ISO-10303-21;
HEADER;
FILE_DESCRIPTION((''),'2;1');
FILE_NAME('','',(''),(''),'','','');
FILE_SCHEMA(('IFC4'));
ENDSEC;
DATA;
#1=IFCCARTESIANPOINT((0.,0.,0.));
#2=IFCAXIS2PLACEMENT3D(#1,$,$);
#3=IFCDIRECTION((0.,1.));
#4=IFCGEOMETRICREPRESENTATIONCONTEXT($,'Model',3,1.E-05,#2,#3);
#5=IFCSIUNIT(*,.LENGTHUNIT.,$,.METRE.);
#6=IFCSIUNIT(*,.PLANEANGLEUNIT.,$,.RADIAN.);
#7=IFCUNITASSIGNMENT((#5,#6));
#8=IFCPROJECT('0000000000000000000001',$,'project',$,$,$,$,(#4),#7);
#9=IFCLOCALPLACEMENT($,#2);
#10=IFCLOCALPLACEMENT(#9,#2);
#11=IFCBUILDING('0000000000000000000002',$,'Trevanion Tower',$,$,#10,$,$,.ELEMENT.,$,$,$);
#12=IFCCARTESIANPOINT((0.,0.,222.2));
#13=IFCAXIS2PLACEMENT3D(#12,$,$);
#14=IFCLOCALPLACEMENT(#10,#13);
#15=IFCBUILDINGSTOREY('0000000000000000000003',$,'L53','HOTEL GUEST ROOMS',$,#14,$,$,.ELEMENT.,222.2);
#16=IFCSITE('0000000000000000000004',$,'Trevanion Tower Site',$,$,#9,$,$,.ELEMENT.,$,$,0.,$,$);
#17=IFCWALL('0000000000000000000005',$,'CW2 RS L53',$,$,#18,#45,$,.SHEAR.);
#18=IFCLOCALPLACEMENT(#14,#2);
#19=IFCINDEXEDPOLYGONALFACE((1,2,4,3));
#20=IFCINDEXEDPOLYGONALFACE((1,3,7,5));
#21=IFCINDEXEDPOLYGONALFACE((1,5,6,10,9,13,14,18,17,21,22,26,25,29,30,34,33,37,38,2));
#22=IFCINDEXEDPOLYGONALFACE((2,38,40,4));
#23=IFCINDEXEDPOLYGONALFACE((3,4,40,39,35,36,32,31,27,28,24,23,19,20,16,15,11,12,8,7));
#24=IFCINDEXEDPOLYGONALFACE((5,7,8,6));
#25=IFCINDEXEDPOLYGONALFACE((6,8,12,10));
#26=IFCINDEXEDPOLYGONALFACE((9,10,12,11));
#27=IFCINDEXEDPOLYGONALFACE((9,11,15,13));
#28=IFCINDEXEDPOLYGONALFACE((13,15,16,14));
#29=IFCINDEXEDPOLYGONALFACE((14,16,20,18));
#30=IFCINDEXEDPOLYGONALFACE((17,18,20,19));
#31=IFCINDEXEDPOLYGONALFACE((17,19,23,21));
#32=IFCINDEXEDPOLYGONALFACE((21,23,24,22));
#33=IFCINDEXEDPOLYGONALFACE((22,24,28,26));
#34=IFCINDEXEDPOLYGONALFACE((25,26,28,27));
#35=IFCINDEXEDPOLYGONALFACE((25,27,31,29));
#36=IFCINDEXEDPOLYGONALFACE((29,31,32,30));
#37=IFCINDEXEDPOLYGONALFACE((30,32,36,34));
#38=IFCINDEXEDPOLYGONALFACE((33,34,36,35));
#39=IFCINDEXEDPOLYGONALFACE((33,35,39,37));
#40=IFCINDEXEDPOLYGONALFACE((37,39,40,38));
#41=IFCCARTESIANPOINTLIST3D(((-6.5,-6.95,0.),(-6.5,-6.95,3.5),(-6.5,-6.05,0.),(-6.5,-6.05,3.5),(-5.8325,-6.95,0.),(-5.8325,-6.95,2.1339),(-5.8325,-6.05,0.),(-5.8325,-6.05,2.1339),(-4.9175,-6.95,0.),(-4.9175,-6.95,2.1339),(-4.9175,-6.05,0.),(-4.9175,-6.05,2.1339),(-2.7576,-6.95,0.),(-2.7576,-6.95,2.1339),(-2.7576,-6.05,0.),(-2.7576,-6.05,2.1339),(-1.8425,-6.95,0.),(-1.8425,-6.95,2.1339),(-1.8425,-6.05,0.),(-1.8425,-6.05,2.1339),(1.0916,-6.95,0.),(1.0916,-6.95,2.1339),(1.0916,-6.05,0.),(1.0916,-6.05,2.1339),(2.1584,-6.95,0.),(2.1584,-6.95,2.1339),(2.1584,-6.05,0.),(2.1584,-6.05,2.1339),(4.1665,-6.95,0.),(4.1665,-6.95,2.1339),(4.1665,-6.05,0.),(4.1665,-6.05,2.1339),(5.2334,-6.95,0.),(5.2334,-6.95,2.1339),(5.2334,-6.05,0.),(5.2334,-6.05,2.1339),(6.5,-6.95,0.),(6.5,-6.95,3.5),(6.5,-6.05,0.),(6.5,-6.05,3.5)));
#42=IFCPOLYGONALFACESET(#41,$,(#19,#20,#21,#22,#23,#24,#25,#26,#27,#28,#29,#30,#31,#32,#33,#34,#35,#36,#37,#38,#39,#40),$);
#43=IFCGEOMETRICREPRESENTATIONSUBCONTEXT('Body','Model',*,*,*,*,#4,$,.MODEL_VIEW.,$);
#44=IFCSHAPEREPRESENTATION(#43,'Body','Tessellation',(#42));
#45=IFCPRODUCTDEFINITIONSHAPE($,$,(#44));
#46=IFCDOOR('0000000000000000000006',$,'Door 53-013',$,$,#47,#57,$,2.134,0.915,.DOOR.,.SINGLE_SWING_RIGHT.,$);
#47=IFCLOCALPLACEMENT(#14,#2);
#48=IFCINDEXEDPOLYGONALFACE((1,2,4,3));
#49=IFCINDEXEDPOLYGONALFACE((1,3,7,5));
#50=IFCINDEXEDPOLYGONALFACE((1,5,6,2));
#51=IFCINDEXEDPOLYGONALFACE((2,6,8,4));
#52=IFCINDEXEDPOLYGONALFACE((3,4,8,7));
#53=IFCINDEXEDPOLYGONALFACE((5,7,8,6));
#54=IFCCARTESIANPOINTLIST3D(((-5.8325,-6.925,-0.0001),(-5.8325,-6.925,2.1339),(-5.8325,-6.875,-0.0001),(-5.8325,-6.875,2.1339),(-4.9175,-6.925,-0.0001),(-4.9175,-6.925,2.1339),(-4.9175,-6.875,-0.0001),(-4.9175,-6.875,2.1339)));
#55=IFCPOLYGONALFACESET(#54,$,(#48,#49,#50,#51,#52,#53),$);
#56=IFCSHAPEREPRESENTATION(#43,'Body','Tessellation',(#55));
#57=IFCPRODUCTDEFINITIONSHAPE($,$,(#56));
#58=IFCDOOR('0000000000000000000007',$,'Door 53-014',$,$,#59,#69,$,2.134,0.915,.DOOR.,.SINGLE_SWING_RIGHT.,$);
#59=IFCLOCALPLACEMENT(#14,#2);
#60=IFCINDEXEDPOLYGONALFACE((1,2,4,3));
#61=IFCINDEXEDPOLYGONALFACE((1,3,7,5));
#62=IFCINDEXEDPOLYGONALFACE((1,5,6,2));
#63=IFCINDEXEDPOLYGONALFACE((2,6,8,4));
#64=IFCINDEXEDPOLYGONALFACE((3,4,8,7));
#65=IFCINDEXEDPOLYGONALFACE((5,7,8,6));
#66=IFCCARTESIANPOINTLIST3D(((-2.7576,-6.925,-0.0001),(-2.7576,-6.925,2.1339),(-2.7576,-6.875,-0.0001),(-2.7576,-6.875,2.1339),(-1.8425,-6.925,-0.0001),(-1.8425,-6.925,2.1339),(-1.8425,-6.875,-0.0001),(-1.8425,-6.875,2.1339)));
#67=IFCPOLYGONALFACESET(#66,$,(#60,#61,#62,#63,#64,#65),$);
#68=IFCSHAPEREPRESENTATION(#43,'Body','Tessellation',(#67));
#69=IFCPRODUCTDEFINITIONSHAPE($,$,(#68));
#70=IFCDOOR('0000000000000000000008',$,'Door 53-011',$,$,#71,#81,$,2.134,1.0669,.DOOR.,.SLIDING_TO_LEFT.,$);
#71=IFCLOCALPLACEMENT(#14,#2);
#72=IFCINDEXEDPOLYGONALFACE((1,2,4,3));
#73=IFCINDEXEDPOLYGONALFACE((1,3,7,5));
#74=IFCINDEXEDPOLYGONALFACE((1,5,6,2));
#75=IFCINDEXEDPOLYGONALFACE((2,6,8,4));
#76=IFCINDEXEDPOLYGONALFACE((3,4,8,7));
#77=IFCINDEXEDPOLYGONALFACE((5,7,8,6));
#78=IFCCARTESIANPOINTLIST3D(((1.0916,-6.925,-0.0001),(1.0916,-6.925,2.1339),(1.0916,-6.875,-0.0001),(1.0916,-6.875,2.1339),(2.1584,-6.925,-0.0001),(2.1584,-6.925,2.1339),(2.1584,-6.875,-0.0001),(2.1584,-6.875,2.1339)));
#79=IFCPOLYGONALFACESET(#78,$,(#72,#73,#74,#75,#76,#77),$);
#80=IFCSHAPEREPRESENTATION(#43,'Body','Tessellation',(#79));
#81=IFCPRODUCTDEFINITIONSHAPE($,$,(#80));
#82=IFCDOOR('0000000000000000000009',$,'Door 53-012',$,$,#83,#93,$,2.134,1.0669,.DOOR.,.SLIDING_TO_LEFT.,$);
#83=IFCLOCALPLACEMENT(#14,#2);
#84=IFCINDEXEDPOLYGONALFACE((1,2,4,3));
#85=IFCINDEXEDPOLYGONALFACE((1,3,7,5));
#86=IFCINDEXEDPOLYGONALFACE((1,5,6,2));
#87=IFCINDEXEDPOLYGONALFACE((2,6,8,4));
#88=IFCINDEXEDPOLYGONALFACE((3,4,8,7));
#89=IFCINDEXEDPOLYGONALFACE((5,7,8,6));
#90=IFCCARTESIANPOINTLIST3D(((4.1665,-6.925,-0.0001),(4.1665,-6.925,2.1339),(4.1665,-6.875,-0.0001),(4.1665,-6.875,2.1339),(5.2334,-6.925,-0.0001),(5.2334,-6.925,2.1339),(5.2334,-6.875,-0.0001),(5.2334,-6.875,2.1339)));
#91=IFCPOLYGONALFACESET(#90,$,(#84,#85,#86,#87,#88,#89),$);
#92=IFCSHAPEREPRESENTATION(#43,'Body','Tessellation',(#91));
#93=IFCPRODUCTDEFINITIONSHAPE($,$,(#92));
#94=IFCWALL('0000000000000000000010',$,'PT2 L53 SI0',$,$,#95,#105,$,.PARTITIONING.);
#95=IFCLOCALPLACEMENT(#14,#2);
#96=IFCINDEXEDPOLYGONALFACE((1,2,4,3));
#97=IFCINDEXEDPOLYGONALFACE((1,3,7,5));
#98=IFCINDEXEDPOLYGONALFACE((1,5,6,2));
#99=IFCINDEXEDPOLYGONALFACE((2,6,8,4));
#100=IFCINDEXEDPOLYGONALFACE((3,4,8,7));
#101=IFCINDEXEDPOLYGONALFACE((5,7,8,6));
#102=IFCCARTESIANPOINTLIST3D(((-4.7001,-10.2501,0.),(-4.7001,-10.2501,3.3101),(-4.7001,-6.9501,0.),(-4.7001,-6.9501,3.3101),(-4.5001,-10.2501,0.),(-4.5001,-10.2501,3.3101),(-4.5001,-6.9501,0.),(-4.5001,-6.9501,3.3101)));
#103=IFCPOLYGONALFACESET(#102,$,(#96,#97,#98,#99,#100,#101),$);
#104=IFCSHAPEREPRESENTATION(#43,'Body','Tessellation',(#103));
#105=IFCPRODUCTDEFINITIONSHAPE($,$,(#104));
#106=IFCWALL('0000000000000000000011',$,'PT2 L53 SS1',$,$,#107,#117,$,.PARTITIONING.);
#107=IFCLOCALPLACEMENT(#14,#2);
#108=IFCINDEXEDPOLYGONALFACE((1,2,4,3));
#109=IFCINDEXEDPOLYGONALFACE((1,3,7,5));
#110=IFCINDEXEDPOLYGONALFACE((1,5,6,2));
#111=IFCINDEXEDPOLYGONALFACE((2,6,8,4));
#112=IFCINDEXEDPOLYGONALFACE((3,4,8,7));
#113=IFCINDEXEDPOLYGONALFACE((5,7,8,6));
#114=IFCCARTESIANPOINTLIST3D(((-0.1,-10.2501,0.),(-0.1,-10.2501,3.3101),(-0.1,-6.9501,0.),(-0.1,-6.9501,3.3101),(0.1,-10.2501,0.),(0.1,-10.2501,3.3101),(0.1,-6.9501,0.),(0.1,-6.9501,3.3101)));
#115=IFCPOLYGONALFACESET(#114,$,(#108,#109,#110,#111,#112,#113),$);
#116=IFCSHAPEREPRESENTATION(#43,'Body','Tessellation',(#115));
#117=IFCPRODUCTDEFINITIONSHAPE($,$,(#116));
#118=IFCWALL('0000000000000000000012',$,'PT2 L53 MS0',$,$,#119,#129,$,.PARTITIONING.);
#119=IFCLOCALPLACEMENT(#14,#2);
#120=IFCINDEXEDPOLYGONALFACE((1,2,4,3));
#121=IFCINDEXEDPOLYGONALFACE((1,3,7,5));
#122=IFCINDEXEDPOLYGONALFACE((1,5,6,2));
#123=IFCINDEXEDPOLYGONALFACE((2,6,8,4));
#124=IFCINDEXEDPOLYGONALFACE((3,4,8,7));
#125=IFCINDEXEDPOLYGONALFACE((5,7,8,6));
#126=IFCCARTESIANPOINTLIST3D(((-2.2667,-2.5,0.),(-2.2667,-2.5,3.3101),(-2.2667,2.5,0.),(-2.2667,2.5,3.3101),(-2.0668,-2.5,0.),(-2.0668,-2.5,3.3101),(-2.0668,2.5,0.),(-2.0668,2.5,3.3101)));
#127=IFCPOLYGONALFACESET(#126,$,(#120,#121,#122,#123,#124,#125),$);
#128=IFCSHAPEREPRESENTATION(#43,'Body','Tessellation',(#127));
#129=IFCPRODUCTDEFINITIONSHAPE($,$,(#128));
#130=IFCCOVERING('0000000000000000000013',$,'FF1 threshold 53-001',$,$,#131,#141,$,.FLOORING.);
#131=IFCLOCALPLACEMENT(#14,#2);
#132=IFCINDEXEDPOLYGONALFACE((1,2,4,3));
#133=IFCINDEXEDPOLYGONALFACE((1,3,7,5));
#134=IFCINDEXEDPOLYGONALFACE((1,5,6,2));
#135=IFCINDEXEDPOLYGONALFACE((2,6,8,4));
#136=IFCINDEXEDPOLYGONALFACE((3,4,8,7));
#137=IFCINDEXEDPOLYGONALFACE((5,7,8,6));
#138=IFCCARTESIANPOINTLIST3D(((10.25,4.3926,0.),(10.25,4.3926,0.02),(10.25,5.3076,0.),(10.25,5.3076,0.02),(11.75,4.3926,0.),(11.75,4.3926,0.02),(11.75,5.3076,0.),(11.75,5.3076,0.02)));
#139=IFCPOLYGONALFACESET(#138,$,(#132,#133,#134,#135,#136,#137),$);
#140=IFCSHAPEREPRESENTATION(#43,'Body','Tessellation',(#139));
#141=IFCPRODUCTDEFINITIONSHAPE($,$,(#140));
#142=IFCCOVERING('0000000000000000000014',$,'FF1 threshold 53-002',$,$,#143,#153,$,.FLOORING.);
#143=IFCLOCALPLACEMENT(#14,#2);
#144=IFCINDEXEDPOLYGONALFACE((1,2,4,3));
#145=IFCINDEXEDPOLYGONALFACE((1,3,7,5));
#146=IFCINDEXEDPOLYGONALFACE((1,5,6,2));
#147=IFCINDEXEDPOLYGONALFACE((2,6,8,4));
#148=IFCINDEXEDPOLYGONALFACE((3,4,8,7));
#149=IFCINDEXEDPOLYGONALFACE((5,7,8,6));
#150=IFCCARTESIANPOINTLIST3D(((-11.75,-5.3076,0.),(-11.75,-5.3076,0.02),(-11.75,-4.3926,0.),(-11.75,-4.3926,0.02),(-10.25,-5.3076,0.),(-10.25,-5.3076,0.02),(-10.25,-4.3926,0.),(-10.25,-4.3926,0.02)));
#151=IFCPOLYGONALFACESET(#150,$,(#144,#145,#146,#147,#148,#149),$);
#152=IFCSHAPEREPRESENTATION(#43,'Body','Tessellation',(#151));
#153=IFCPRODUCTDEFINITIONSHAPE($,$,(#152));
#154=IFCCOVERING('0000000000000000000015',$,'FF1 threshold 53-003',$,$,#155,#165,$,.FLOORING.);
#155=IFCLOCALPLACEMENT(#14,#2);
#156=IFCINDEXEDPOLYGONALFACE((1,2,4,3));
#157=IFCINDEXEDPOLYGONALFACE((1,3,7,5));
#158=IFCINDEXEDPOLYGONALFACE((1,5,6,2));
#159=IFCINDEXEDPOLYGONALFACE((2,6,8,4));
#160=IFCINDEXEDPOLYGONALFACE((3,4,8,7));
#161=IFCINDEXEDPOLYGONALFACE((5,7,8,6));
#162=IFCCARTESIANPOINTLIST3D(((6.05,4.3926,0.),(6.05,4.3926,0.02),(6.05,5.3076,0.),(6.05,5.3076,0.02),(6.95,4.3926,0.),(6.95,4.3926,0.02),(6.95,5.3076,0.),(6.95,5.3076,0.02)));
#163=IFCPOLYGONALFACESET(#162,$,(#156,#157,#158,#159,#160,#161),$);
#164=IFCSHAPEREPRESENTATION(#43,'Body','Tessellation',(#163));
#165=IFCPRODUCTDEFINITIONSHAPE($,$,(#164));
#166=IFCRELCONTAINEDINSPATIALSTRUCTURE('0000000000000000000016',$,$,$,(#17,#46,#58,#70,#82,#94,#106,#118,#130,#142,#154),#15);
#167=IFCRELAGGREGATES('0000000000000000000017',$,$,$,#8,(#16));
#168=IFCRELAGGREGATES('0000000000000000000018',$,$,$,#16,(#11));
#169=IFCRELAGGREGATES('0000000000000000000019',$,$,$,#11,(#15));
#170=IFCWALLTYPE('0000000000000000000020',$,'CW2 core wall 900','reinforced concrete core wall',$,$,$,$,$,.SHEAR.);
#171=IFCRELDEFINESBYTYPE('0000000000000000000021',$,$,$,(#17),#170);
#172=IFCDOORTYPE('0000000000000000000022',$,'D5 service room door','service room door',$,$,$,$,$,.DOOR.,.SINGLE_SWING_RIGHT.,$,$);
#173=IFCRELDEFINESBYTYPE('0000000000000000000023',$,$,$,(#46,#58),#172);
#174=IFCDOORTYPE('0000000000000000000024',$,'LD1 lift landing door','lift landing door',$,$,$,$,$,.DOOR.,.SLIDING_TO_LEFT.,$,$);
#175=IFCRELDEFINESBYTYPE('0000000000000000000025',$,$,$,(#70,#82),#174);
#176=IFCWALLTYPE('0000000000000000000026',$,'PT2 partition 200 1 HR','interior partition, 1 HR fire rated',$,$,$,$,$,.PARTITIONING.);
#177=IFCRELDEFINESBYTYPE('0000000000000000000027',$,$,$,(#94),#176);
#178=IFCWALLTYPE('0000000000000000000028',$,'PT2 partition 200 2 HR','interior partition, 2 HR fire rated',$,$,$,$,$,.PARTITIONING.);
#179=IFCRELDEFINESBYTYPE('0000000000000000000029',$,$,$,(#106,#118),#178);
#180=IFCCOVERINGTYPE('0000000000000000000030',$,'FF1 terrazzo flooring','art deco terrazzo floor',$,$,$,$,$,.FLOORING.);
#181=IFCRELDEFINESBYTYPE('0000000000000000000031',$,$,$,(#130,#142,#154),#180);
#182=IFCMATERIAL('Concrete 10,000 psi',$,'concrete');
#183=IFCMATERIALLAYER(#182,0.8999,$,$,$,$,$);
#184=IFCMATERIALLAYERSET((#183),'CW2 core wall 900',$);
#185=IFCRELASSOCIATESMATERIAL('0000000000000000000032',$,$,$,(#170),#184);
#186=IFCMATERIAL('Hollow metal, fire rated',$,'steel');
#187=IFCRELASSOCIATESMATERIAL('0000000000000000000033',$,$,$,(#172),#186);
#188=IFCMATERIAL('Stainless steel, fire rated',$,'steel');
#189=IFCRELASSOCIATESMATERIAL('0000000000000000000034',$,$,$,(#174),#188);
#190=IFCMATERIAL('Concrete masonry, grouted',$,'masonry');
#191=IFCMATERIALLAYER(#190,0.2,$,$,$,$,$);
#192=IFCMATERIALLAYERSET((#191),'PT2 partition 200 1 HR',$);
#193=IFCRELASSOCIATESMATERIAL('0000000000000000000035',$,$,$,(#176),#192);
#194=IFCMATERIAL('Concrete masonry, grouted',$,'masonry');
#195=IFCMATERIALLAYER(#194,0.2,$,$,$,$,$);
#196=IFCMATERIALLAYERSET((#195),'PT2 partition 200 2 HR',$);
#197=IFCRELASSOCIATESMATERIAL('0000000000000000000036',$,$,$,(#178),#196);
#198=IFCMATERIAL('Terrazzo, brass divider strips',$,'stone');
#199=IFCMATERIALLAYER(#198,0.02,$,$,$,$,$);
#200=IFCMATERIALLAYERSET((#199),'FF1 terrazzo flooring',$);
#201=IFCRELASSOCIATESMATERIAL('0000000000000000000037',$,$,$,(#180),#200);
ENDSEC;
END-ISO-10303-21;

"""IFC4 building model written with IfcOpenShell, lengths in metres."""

from ifc_helpers import new_model, si_unit, direction, frame, frame_2d, origin, place, context, subcontext, project, spatial, polyline, rectangle, outline, extrude, material, layer, layer_set, type_object, element, fill, save


model = new_model("IFC4")

# Units and contexts
model_context = context("Model", 3, precision=1e-05, world=origin(), true_north=direction((0.0, 1.0)))
body_context = subcontext(model_context, "Body", "Model", "MODEL_VIEW")
ifc_project = project(units=[si_unit("LENGTHUNIT", "METRE"), si_unit("PLANEANGLEUNIT", "RADIAN")], contexts=[model_context])

# Site, building, storey
site_placement = place(None, origin())
site = spatial("IfcSite", under=ifc_project, at=site_placement, Name="Trevanion Tower Site", CompositionType="ELEMENT", RefElevation=0.0)
building_placement = place(site_placement, origin())
building = spatial("IfcBuilding", under=site, at=building_placement, Name="Trevanion Tower", CompositionType="ELEMENT")
storey_placement = place(building_placement, frame((0.0, 0.0, 222.2)))
storey = spatial("IfcBuildingStorey", under=building, at=storey_placement, Name="L53", Description="HOTEL GUEST ROOMS", CompositionType="ELEMENT", Elevation=222.2)

# Shared definitions
ifc_material_1 = material(Name="Concrete 10,000 psi", Category="concrete")
ifc_layer_1 = layer(ifc_material_1, 0.8999)
ifc_layer_set_1 = layer_set([ifc_layer_1], Name="CW2 core wall 900")
wall_type_1 = type_object("IfcWallType", Name="CW2 core wall 900", Description="reinforced concrete core wall", PredefinedType="SHEAR", material=ifc_layer_set_1)

# Wall, openings, doors
wall_1_placement = place(storey_placement, frame((-6.5, -6.5, 0.0), z_axis=(0.0, 0.0, 1.0), x_axis=(1.0, 0.0, 0.0)))
wall_1 = element("IfcWall", 1, at=wall_1_placement, inside=storey, type_object=wall_type_1, Name="CW2 RS L53", PredefinedType="SHEAR", context=body_context, shape_type="SweptSolid", body=[
    extrude(rectangle(XDim=13.0, YDim=0.8999, at=frame_2d((6.5, 0.0))), origin(), (0.0, 0.0, 1.0), 3.5),
])
opening_1_placement = place(wall_1_placement, frame((7.5916, 0.0, 0.0)))
opening_1 = element("IfcOpeningElement", 2, at=opening_1_placement, cuts=wall_1, PredefinedType="OPENING", context=body_context, shape_type="SweptSolid", body=[
    extrude(rectangle(XDim=1.0669, YDim=2.134, at=frame_2d((0.5334, 1.0669))), frame((0.0, 0.46, 0.0), z_axis=(0.0, -1.0, 0.0), x_axis=(1.0, 0.0, 0.0)), (0.0, 0.0, 1.0), 0.9199),
])
opening_2_placement = place(wall_1_placement, frame((10.6665, 0.0, 0.0)))
opening_2 = element("IfcOpeningElement", 3, at=opening_2_placement, cuts=wall_1, PredefinedType="OPENING", context=body_context, shape_type="SweptSolid", body=[
    extrude(rectangle(XDim=1.0669, YDim=2.134, at=frame_2d((0.5334, 1.0669))), frame((0.0, 0.46, 0.0), z_axis=(0.0, -1.0, 0.0), x_axis=(1.0, 0.0, 0.0)), (0.0, 0.0, 1.0), 0.9199),
])
opening_3_placement = place(wall_1_placement, frame((0.6675, 0.0, 0.0)))
opening_3 = element("IfcOpeningElement", 4, at=opening_3_placement, cuts=wall_1, PredefinedType="OPENING", context=body_context, shape_type="SweptSolid", body=[
    extrude(rectangle(XDim=0.915, YDim=2.134, at=frame_2d((0.4575, 1.0669))), frame((0.0, 0.46, 0.0), z_axis=(0.0, -1.0, 0.0), x_axis=(1.0, 0.0, 0.0)), (0.0, 0.0, 1.0), 0.9199),
])
opening_4_placement = place(wall_1_placement, frame((3.7424, 0.0, 0.0)))
opening_4 = element("IfcOpeningElement", 5, at=opening_4_placement, cuts=wall_1, PredefinedType="OPENING", context=body_context, shape_type="SweptSolid", body=[
    extrude(rectangle(XDim=0.915, YDim=2.134, at=frame_2d((0.4575, 1.0669))), frame((0.0, 0.46, 0.0), z_axis=(0.0, -1.0, 0.0), x_axis=(1.0, 0.0, 0.0)), (0.0, 0.0, 1.0), 0.9199),
])
ifc_material_2 = material(Name="Hollow metal, fire rated", Category="steel")
door_type_1 = type_object("IfcDoorType", Name="D5 service room door", Description="service room door", OperationType="SINGLE_SWING_RIGHT", PredefinedType="DOOR", material=ifc_material_2)
door_1_placement = place(opening_3_placement, origin())
door_1 = element("IfcDoor", 6, at=door_1_placement, inside=storey, type_object=door_type_1, Name="Door 53-013", OperationType="SINGLE_SWING_RIGHT", OverallHeight=2.134, OverallWidth=0.915, PredefinedType="DOOR", context=body_context, shape_type="SweptSolid", body=[
    extrude(rectangle(XDim=0.915, YDim=2.134, at=frame_2d((0.4575, 1.0669))), frame((0.0, -0.375, 0.0), z_axis=(0.0, -1.0, 0.0), x_axis=(1.0, 0.0, 0.0)), (0.0, 0.0, 1.0), 0.05),
])
fill(opening_3, door_1)
door_2_placement = place(opening_4_placement, origin())
door_2 = element("IfcDoor", 7, at=door_2_placement, inside=storey, type_object=door_type_1, Name="Door 53-014", OperationType="SINGLE_SWING_RIGHT", OverallHeight=2.134, OverallWidth=0.915, PredefinedType="DOOR", context=body_context, shape_type="SweptSolid", body=[
    extrude(rectangle(XDim=0.915, YDim=2.134, at=frame_2d((0.4575, 1.0669))), frame((0.0, -0.375, 0.0), z_axis=(0.0, -1.0, 0.0), x_axis=(1.0, 0.0, 0.0)), (0.0, 0.0, 1.0), 0.05),
])
fill(opening_4, door_2)
ifc_material_3 = material(Name="Stainless steel, fire rated", Category="steel")
door_type_2 = type_object("IfcDoorType", Name="LD1 lift landing door", Description="lift landing door", OperationType="SLIDING_TO_LEFT", PredefinedType="DOOR", material=ifc_material_3)
door_3_placement = place(opening_1_placement, origin())
door_3 = element("IfcDoor", 8, at=door_3_placement, inside=storey, type_object=door_type_2, Name="Door 53-011", OperationType="SLIDING_TO_LEFT", OverallHeight=2.134, OverallWidth=1.0669, PredefinedType="DOOR", context=body_context, shape_type="SweptSolid", body=[
    extrude(rectangle(XDim=1.0669, YDim=2.134, at=frame_2d((0.5334, 1.0669))), frame((0.0, -0.375, 0.0), z_axis=(0.0, -1.0, 0.0), x_axis=(1.0, 0.0, 0.0)), (0.0, 0.0, 1.0), 0.05),
])
fill(opening_1, door_3)
door_4_placement = place(opening_2_placement, origin())
door_4 = element("IfcDoor", 9, at=door_4_placement, inside=storey, type_object=door_type_2, Name="Door 53-012", OperationType="SLIDING_TO_LEFT", OverallHeight=2.134, OverallWidth=1.0669, PredefinedType="DOOR", context=body_context, shape_type="SweptSolid", body=[
    extrude(rectangle(XDim=1.0669, YDim=2.134, at=frame_2d((0.5334, 1.0669))), frame((0.0, -0.375, 0.0), z_axis=(0.0, -1.0, 0.0), x_axis=(1.0, 0.0, 0.0)), (0.0, 0.0, 1.0), 0.05),
])
fill(opening_2, door_4)

# Walls
ifc_material_4 = material(Name="Concrete masonry, grouted", Category="masonry")
ifc_layer_2 = layer(ifc_material_4, 0.2)
ifc_layer_set_2 = layer_set([ifc_layer_2], Name="PT2 partition 200 1 HR")
wall_type_2 = type_object("IfcWallType", Name="PT2 partition 200 1 HR", Description="interior partition, 1 HR fire rated", PredefinedType="PARTITIONING", material=ifc_layer_set_2)
wall_2_placement = place(storey_placement, frame((-4.6001, -10.25, 0.0), z_axis=(0.0, 0.0, 1.0), x_axis=(0.0, 1.0, 0.0)))
element("IfcWall", 10, at=wall_2_placement, inside=storey, type_object=wall_type_2, Name="PT2 L53 SI0", PredefinedType="PARTITIONING", context=body_context, shape_type="SweptSolid", body=[
    extrude(rectangle(XDim=3.3, YDim=0.2, at=frame_2d((1.6499, 0.0))), origin(), (0.0, 0.0, 1.0), 3.3101),
])
ifc_material_5 = material(Name="Concrete masonry, grouted", Category="masonry")
ifc_layer_3 = layer(ifc_material_5, 0.2)
ifc_layer_set_3 = layer_set([ifc_layer_3], Name="PT2 partition 200 2 HR")
wall_type_3 = type_object("IfcWallType", Name="PT2 partition 200 2 HR", Description="interior partition, 2 HR fire rated", PredefinedType="PARTITIONING", material=ifc_layer_set_3)
wall_3_placement = place(storey_placement, frame((0.0, -10.25, 0.0), z_axis=(0.0, 0.0, 1.0), x_axis=(0.0, 1.0, 0.0)))
element("IfcWall", 11, at=wall_3_placement, inside=storey, type_object=wall_type_3, Name="PT2 L53 SS1", PredefinedType="PARTITIONING", context=body_context, shape_type="SweptSolid", body=[
    extrude(rectangle(XDim=3.3, YDim=0.2, at=frame_2d((1.6499, 0.0))), origin(), (0.0, 0.0, 1.0), 3.3101),
])
wall_4_placement = place(storey_placement, frame((-2.1667, -2.5, 0.0), z_axis=(0.0, 0.0, 1.0), x_axis=(0.0, 1.0, 0.0)))
element("IfcWall", 12, at=wall_4_placement, inside=storey, type_object=wall_type_3, Name="PT2 L53 MS0", PredefinedType="PARTITIONING", context=body_context, shape_type="SweptSolid", body=[
    extrude(rectangle(XDim=5.0, YDim=0.2, at=frame_2d((2.5, 0.0))), origin(), (0.0, 0.0, 1.0), 3.3101),
])

# Coverings
ifc_material_6 = material(Name="Terrazzo, brass divider strips", Category="stone")
ifc_layer_4 = layer(ifc_material_6, 0.02)
ifc_layer_set_4 = layer_set([ifc_layer_4], Name="FF1 terrazzo flooring")
covering_type = type_object("IfcCoveringType", Name="FF1 terrazzo flooring", Description="art deco terrazzo floor", PredefinedType="FLOORING", material=ifc_layer_set_4)
covering_1_placement = place(storey_placement, origin())
element("IfcCovering", 13, at=covering_1_placement, inside=storey, type_object=covering_type, Name="FF1 threshold 53-001", PredefinedType="FLOORING", context=body_context, shape_type="SweptSolid", body=[
    extrude(outline(polyline([(11.75, 4.3926), (11.75, 5.3076), (10.25, 5.3076), (10.25, 4.3926), (11.75, 4.3926)])), origin(), (0.0, 0.0, 1.0), 0.02),
])
covering_2_placement = place(storey_placement, origin())
element("IfcCovering", 14, at=covering_2_placement, inside=storey, type_object=covering_type, Name="FF1 threshold 53-002", PredefinedType="FLOORING", context=body_context, shape_type="SweptSolid", body=[
    extrude(outline(polyline([(-11.75, -4.3926), (-11.75, -5.3076), (-10.25, -5.3076), (-10.25, -4.3926), (-11.75, -4.3926)])), origin(), (0.0, 0.0, 1.0), 0.02),
])
covering_3_placement = place(storey_placement, origin())
element("IfcCovering", 15, at=covering_3_placement, inside=storey, type_object=covering_type, Name="FF1 threshold 53-003", PredefinedType="FLOORING", context=body_context, shape_type="SweptSolid", body=[
    extrude(outline(polyline([(6.95, 4.3926), (6.95, 5.3076), (6.05, 5.3076), (6.05, 4.3926), (6.95, 4.3926)])), origin(), (0.0, 0.0, 1.0), 0.02),
])

save(model, "model.ifc")
